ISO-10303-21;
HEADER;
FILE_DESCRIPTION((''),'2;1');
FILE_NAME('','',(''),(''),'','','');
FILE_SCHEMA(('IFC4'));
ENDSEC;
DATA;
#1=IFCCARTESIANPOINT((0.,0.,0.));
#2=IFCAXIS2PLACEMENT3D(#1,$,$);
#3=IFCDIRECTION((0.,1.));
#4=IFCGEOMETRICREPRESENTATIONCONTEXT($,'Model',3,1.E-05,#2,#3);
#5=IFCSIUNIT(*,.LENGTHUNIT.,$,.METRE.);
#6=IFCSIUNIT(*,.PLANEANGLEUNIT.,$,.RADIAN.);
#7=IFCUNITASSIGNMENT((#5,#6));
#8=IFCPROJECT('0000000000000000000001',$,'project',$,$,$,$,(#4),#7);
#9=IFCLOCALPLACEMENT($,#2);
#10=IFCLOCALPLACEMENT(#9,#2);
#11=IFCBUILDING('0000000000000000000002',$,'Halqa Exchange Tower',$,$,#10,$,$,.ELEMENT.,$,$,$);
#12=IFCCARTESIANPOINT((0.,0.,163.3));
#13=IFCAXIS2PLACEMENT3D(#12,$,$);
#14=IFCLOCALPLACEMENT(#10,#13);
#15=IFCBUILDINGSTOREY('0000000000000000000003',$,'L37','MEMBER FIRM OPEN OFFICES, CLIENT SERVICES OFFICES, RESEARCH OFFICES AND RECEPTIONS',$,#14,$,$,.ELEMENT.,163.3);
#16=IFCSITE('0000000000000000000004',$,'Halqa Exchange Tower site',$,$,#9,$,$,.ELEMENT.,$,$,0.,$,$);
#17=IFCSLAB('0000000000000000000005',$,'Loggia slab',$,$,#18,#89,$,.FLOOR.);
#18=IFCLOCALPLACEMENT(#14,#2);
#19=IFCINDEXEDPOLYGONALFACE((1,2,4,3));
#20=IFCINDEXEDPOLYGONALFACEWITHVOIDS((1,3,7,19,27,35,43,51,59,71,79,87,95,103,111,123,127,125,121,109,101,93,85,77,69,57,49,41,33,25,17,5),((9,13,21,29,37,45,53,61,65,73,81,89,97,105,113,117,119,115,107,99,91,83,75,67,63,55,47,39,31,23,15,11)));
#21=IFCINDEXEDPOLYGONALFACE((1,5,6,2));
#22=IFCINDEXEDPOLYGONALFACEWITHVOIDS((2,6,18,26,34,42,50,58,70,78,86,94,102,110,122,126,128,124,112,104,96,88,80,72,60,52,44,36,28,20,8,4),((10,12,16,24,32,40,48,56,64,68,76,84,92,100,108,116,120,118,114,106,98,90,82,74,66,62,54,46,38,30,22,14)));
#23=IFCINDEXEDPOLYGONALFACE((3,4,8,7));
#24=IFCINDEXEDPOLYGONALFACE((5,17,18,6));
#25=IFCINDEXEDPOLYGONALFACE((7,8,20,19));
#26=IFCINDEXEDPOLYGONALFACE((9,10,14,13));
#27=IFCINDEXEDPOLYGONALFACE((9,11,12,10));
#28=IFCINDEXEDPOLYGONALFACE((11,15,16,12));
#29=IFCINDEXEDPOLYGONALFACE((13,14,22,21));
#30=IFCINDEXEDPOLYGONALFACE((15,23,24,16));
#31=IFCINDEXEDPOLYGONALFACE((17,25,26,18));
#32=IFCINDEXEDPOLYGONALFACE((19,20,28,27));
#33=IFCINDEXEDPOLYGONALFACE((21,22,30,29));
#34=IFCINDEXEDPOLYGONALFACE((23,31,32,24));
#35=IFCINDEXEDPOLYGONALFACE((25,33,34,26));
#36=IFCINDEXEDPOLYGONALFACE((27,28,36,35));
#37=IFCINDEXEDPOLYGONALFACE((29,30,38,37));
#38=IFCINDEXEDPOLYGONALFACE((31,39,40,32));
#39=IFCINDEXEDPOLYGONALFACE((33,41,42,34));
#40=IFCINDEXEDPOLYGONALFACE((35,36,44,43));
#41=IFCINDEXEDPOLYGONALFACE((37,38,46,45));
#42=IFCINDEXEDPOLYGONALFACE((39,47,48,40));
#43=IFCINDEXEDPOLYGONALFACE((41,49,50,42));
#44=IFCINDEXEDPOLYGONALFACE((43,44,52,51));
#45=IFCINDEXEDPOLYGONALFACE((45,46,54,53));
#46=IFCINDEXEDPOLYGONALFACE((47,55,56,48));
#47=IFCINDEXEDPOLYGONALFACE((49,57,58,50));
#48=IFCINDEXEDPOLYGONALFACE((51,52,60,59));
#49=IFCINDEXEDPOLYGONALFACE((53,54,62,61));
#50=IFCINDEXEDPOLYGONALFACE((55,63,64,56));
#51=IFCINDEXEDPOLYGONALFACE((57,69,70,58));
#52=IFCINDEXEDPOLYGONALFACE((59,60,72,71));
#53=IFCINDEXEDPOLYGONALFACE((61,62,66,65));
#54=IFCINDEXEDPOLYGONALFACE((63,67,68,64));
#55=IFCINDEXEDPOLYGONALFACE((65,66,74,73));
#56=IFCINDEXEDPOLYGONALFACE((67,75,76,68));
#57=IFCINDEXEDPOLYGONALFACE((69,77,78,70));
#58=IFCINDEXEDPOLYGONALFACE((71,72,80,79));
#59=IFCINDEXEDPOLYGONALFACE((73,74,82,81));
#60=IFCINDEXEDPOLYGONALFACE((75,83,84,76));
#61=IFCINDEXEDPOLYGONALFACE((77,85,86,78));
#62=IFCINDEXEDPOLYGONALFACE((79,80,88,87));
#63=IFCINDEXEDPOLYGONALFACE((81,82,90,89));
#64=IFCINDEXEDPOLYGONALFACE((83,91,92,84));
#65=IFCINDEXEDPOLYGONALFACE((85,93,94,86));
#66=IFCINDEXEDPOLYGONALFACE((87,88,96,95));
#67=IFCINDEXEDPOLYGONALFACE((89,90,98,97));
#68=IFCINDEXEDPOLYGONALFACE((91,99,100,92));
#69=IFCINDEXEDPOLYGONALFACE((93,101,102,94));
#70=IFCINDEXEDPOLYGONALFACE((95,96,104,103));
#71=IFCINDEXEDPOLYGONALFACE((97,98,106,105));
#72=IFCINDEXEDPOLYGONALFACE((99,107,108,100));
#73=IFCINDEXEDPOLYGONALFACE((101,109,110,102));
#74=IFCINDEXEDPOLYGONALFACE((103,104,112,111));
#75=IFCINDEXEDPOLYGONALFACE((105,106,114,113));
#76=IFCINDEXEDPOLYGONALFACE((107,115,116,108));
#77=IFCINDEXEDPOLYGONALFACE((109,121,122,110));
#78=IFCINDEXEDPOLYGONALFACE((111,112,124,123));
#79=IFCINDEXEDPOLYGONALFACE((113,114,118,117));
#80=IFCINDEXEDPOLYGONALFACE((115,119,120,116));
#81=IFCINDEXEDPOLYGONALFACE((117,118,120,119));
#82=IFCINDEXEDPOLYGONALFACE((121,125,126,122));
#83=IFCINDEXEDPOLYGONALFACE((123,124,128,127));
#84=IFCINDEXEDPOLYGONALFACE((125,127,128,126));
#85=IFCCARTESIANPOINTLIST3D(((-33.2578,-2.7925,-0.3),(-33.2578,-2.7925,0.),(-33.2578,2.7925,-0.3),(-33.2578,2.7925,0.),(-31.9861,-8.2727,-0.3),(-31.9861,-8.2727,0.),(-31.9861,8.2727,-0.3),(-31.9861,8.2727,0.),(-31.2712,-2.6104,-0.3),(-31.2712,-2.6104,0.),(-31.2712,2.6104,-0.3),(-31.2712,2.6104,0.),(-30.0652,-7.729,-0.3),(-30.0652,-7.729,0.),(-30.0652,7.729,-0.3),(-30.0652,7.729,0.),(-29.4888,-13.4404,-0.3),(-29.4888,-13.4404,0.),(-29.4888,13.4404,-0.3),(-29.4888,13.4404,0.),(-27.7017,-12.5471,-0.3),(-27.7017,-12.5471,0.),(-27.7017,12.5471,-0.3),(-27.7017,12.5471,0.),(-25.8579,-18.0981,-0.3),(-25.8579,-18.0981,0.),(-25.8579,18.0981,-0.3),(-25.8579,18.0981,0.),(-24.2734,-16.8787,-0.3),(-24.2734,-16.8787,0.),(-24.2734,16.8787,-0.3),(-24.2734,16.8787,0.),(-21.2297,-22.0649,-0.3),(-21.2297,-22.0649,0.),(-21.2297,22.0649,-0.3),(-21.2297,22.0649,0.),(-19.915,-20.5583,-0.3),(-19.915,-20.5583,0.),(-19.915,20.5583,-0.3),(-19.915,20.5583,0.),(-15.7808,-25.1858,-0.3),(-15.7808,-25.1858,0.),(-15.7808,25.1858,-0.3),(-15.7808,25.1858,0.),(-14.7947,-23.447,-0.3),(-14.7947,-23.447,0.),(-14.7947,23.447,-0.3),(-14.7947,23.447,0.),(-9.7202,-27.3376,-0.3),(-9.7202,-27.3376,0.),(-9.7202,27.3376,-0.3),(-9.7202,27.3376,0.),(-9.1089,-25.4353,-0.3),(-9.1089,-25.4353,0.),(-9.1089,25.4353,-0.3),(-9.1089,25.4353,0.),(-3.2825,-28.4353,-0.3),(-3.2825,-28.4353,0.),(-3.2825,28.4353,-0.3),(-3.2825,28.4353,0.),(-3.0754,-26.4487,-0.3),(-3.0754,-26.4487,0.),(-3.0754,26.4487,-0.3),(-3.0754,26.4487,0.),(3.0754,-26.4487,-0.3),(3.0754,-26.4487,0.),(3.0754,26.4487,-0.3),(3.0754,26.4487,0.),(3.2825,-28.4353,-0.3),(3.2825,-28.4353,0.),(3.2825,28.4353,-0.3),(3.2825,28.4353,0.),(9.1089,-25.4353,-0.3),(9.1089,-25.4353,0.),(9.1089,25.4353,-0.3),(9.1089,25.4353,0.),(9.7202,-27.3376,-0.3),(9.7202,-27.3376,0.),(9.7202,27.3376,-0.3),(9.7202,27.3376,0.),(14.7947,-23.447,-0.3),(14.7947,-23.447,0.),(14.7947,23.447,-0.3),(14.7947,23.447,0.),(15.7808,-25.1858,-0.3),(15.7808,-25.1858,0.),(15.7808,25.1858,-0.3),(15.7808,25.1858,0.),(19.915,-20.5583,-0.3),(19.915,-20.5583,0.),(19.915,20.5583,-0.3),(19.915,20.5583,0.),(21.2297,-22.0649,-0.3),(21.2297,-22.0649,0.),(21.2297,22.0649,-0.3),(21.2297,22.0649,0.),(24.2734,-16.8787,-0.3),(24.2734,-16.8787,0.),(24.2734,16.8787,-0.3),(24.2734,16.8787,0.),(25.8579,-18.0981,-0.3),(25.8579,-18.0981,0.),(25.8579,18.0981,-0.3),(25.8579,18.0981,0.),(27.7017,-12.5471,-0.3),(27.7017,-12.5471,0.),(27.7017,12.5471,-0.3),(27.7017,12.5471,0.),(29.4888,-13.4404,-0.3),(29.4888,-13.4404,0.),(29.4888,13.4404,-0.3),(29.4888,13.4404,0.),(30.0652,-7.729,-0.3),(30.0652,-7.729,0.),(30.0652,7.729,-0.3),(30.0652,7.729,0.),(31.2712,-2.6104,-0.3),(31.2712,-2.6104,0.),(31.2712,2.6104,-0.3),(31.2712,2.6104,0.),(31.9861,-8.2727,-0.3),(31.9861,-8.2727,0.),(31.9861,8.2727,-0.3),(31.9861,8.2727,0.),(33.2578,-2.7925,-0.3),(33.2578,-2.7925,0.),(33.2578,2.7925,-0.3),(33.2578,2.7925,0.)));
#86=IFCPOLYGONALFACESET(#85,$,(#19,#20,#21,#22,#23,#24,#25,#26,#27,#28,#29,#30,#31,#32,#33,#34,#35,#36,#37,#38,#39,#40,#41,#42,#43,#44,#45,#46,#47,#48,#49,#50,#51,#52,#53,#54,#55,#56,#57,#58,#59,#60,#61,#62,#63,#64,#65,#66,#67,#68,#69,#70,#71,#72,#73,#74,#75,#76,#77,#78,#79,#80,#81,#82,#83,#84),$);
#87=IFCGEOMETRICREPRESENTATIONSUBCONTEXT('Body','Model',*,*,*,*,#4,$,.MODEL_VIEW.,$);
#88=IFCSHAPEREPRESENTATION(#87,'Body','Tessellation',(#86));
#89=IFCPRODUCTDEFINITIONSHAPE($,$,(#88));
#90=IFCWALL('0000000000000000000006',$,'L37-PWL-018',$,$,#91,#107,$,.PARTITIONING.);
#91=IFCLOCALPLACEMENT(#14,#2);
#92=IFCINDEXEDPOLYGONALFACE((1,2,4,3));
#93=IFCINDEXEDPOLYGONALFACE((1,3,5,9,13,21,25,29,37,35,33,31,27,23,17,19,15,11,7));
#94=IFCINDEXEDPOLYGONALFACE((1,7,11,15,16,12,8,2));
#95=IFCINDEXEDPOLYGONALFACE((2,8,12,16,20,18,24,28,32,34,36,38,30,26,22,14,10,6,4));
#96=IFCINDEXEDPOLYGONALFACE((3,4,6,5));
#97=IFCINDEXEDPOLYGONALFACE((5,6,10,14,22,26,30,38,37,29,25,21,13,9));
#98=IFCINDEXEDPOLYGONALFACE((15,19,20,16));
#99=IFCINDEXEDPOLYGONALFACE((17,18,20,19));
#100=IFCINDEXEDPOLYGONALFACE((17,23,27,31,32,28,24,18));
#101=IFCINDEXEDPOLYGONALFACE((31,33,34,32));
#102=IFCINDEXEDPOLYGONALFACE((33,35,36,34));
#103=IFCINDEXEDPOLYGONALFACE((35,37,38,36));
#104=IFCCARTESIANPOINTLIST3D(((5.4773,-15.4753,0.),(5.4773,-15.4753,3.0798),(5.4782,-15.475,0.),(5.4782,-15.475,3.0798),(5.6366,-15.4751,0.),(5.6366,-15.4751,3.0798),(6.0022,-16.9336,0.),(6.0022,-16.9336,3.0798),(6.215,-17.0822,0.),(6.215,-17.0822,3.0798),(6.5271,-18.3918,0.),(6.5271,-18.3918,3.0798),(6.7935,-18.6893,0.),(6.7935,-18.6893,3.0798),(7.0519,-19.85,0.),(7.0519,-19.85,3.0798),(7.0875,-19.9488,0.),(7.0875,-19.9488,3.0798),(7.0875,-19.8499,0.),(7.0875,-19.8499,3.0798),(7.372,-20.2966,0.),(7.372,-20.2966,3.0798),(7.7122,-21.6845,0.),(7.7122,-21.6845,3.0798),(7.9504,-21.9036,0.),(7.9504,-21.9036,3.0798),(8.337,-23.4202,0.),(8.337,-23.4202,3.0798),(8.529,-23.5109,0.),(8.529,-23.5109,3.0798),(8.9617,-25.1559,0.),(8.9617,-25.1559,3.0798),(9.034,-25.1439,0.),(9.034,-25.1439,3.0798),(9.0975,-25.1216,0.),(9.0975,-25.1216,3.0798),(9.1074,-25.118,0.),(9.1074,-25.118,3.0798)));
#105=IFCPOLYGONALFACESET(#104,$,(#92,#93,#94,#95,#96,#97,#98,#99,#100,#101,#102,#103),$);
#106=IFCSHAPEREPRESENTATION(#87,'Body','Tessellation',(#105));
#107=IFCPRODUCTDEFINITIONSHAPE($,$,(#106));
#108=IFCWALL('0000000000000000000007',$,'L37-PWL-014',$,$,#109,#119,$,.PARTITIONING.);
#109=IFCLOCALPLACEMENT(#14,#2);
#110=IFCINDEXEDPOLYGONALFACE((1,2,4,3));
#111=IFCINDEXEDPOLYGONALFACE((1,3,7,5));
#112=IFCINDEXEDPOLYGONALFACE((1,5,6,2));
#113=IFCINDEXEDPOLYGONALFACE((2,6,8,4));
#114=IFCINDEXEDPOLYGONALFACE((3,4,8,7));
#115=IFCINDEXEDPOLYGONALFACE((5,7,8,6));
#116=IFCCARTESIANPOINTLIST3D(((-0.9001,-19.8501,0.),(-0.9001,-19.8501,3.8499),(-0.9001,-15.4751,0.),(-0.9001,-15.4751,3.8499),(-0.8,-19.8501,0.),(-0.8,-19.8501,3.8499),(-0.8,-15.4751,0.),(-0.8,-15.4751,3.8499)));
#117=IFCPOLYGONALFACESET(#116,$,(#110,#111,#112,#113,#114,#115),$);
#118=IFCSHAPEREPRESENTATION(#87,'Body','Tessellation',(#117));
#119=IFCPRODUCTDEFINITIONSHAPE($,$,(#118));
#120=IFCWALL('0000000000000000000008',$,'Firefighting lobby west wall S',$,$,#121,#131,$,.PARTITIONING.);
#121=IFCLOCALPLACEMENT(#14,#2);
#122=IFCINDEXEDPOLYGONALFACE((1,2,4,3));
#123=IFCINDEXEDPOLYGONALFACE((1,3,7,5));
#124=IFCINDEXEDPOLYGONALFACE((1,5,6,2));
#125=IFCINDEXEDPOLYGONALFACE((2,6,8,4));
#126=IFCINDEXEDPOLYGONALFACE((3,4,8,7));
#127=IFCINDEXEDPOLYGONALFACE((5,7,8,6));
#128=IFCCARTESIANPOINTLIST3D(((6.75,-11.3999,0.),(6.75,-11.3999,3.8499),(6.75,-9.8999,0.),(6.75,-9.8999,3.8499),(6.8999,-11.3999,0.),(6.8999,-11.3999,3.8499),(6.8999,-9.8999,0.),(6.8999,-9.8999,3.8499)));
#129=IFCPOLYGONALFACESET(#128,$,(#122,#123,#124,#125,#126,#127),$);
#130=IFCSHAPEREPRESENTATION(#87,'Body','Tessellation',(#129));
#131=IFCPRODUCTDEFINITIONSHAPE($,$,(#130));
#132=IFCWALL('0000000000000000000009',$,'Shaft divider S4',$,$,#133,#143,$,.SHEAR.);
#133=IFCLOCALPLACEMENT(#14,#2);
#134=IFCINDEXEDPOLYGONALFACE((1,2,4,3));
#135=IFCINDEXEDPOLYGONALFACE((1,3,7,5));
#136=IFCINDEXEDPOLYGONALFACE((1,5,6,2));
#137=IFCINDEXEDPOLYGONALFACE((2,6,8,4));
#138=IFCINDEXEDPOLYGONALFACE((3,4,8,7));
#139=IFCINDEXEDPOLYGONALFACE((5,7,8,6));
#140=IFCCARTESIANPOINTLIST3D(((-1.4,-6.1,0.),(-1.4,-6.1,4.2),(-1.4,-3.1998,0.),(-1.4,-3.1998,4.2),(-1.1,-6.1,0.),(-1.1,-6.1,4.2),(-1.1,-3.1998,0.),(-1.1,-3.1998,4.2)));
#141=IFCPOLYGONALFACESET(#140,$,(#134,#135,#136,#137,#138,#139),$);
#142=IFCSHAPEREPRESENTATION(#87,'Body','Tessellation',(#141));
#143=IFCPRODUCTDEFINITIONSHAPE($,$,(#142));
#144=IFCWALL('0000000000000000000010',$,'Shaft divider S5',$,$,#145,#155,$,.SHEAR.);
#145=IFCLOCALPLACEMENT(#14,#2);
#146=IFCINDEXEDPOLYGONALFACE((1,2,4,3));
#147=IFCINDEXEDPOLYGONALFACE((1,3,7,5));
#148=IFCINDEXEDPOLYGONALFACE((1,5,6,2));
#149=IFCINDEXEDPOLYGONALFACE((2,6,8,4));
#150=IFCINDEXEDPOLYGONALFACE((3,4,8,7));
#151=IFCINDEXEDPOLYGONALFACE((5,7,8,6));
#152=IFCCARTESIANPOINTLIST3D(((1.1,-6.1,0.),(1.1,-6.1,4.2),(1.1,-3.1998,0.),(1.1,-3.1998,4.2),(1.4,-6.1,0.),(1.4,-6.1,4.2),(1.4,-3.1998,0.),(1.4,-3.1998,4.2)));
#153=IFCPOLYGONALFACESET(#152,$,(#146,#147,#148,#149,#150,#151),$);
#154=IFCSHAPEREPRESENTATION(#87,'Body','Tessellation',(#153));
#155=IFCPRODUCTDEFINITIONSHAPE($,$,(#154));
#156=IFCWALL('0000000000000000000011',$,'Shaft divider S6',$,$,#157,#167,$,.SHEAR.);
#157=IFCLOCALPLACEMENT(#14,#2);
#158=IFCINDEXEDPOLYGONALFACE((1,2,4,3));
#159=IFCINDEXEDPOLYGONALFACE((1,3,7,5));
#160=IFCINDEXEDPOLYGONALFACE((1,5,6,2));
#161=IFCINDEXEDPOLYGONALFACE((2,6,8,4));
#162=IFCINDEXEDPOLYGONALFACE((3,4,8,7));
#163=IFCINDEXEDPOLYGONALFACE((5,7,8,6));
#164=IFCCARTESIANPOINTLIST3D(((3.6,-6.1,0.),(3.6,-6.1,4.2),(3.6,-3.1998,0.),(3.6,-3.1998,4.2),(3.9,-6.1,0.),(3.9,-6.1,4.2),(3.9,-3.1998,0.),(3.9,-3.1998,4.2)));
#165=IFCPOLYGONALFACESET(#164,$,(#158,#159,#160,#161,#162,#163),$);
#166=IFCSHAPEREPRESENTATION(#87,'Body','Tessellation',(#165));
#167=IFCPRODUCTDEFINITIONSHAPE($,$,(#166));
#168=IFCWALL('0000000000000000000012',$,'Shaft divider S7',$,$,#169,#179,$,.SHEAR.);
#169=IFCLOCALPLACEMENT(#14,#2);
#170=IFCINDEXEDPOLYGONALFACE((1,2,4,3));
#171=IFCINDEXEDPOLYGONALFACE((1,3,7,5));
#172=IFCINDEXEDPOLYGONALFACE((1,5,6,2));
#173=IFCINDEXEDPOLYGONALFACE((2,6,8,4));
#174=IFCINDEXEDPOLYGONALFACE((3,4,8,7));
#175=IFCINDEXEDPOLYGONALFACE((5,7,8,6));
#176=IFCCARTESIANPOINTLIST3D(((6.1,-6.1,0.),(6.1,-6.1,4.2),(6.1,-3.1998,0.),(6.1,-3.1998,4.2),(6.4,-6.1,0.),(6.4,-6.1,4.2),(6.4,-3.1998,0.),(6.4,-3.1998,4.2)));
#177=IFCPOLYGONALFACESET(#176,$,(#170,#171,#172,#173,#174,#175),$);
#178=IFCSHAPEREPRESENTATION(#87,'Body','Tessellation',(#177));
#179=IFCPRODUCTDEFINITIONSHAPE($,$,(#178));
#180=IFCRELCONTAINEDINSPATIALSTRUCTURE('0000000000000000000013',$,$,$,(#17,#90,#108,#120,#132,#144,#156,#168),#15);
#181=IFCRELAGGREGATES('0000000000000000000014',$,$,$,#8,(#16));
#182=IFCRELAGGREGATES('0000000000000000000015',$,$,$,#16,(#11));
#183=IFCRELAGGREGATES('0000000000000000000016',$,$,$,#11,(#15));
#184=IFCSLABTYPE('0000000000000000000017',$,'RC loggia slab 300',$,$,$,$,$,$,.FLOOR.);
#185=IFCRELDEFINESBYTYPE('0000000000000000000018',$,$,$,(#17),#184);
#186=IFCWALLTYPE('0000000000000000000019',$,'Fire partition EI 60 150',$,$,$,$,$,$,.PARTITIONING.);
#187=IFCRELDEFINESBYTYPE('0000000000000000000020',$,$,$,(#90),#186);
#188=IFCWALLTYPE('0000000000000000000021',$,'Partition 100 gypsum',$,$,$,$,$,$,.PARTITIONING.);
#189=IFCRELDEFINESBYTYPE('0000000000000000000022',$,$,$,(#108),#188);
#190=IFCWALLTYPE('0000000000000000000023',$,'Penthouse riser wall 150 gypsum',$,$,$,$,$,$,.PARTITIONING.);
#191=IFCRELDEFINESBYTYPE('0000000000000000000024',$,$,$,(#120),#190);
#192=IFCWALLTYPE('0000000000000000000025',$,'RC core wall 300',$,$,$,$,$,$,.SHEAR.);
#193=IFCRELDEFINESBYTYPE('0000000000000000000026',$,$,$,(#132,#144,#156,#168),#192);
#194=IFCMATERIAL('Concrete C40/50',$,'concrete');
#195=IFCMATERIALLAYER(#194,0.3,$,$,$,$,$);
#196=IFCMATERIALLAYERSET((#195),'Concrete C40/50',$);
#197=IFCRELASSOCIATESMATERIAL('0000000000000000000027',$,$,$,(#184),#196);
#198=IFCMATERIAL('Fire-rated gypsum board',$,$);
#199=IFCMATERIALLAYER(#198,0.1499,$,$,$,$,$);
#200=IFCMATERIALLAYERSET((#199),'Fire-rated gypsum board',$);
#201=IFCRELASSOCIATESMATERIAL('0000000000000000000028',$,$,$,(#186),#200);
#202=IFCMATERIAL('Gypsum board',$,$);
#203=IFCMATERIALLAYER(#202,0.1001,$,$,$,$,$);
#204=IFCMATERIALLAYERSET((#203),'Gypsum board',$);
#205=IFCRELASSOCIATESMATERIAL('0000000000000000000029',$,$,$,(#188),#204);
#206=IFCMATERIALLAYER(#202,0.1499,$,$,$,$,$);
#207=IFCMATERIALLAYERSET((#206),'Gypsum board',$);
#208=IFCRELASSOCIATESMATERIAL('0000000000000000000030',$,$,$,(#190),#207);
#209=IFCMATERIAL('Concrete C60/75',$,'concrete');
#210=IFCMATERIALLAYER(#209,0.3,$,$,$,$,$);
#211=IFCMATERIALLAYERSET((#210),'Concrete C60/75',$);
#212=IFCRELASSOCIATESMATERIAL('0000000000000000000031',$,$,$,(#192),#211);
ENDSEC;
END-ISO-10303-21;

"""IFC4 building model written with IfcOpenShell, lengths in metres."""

from ifc_helpers import new_model, si_unit, direction, frame, frame_2d, origin, place, context, subcontext, project, spatial, polyline, rectangle, outline, extrude, material, layer, layer_set, type_object, element, save


model = new_model("IFC4")

# Units and contexts
model_context = context("Model", 3, precision=1e-05, world=origin(), true_north=direction((0.0, 1.0)))
body_context = subcontext(model_context, "Body", "Model", "MODEL_VIEW")
ifc_project = project(units=[si_unit("LENGTHUNIT", "METRE"), si_unit("PLANEANGLEUNIT", "RADIAN")], contexts=[model_context])

# Site, building, storey
site_placement = place(None, origin())
site = spatial("IfcSite", under=ifc_project, at=site_placement, Name="Halqa Exchange Tower site", CompositionType="ELEMENT", RefElevation=0.0)
building_placement = place(site_placement, origin())
building = spatial("IfcBuilding", under=site, at=building_placement, Name="Halqa Exchange Tower", CompositionType="ELEMENT")
storey_placement = place(building_placement, frame((0.0, 0.0, 163.3)))
storey = spatial("IfcBuildingStorey", under=building, at=storey_placement, Name="L37", Description="MEMBER FIRM OPEN OFFICES, CLIENT SERVICES OFFICES, RESEARCH OFFICES AND RECEPTIONS", CompositionType="ELEMENT", Elevation=163.3)

# Shared definitions
ifc_material_1 = material(Name="Concrete C60/75", Category="concrete")

# Slab
ifc_material_2 = material(Name="Concrete C40/50", Category="concrete")
ifc_layer_1 = layer(ifc_material_2, 0.3)
ifc_layer_set_1 = layer_set([ifc_layer_1], Name="Concrete C40/50")
slab_type_1 = type_object("IfcSlabType", Name="RC loggia slab 300", PredefinedType="FLOOR", material=ifc_layer_set_1)
slab_1_placement = place(storey_placement, frame((0.0, 0.0, -0.3)))
element("IfcSlab", 1, at=slab_1_placement, inside=storey, type_object=slab_type_1, Name="Loggia slab", PredefinedType="FLOOR", context=body_context, shape_type="SweptSolid", body=[
    extrude(outline(polyline([(33.2578, 2.7925), (33.2578, -2.7925), (31.9861, -8.2727), (29.4888, -13.4404), (25.8579, -18.0981), (21.2297, -22.0649), (15.7808, -25.1858), (9.7202, -27.3376), (3.2825, -28.4353), (-3.2825, -28.4353), (-9.7202, -27.3376), (-15.7808, -25.1858), (-21.2297, -22.0649), (-25.8579, -18.0981), (-29.4888, -13.4404), (-31.9861, -8.2727), (-33.2578, -2.7925), (-33.2578, 2.7925), (-31.9861, 8.2727), (-29.4888, 13.4404), (-25.8579, 18.0981), (-21.2297, 22.0649), (-15.7808, 25.1858), (-9.7202, 27.3376), (-3.2825, 28.4353), (3.2825, 28.4353), (9.7202, 27.3376), (15.7808, 25.1858), (21.2297, 22.0649), (25.8579, 18.0981), (29.4888, 13.4404), (31.9861, 8.2727), (33.2578, 2.7925)]), holes=[polyline([(31.2712, 2.6104), (30.0652, 7.729), (27.7017, 12.5471), (24.2734, 16.8787), (19.915, 20.5583), (14.7947, 23.447), (9.1089, 25.4353), (3.0754, 26.4487), (-3.0754, 26.4487), (-9.1089, 25.4353), (-14.7947, 23.447), (-19.915, 20.5583), (-24.2734, 16.8787), (-27.7017, 12.5471), (-30.0652, 7.729), (-31.2712, 2.6104), (-31.2712, -2.6104), (-30.0652, -7.729), (-27.7017, -12.5471), (-24.2734, -16.8787), (-19.915, -20.5583), (-14.7947, -23.447), (-9.1089, -25.4353), (-3.0754, -26.4487), (3.0754, -26.4487), (9.1089, -25.4353), (14.7947, -23.447), (19.915, -20.5583), (24.2734, -16.8787), (27.7017, -12.5471), (30.0652, -7.729), (31.2712, -2.6104), (31.2712, 2.6104)])]), origin(), (0.0, 0.0, 1.0), 0.3),
])

# Walls
ifc_material_3 = material(Name="Fire-rated gypsum board")
ifc_layer_2 = layer(ifc_material_3, 0.1499)
ifc_layer_set_2 = layer_set([ifc_layer_2], Name="Fire-rated gypsum board")
wall_type_1 = type_object("IfcWallType", Name="Fire partition EI 60 150", PredefinedType="PARTITIONING", material=ifc_layer_set_2)
wall_1_placement = place(storey_placement, frame((5.5479, -15.45, 0.0), z_axis=(0.0, 0.0, 1.0), x_axis=(0.338668, -0.940906, 0.0)))
element("IfcWall", 2, at=wall_1_placement, inside=storey, type_object=wall_type_1, Name="L37-PWL-018", PredefinedType="PARTITIONING", context=body_context, shape_type="SweptSolid", body=[
    extrude(outline(polyline([(0.0, -0.075), (1.5498, -0.075), (3.0996, -0.075), (4.6494, -0.075), (4.6614, -0.0415), (4.7544, -0.075), (6.5991, -0.075), (8.4438, -0.075), (10.2886, -0.075), (10.3018, -0.0029), (10.3022, 0.0645), (10.3022, 0.075), (8.5942, 0.075), (6.886, 0.075), (5.178, 0.075), (3.4697, 0.075), (1.7617, 0.075), (0.0537, 0.075), (0.0, -0.074), (0.0, -0.075)])), origin(), (0.0, 0.0, 1.0), 3.0798),
])
ifc_material_4 = material(Name="Gypsum board")
ifc_layer_3 = layer(ifc_material_4, 0.1001)
ifc_layer_set_3 = layer_set([ifc_layer_3], Name="Gypsum board")
wall_type_2 = type_object("IfcWallType", Name="Partition 100 gypsum", PredefinedType="PARTITIONING", material=ifc_layer_set_3)
wall_2_placement = place(storey_placement, frame((-0.8501, -15.4751, 0.0), z_axis=(0.0, 0.0, 1.0), x_axis=(0.0, -1.0, 0.0)))
element("IfcWall", 3, at=wall_2_placement, inside=storey, type_object=wall_type_2, Name="L37-PWL-014", PredefinedType="PARTITIONING", context=body_context, shape_type="SweptSolid", body=[
    extrude(rectangle(XDim=4.375, YDim=0.1001, at=frame_2d((2.1875, 0.0))), origin(), (0.0, 0.0, 1.0), 3.8499),
])
ifc_layer_4 = layer(ifc_material_4, 0.1499)
ifc_layer_set_4 = layer_set([ifc_layer_4], Name="Gypsum board")
wall_type_3 = type_object("IfcWallType", Name="Penthouse riser wall 150 gypsum", PredefinedType="PARTITIONING", material=ifc_layer_set_4)
wall_3_placement = place(storey_placement, frame((6.825, -11.3999, 0.0), z_axis=(0.0, 0.0, 1.0), x_axis=(0.0, 1.0, 0.0)))
element("IfcWall", 4, at=wall_3_placement, inside=storey, type_object=wall_type_3, Name="Firefighting lobby west wall S", PredefinedType="PARTITIONING", context=body_context, shape_type="SweptSolid", body=[
    extrude(rectangle(XDim=1.5, YDim=0.1499, at=frame_2d((0.75, 0.0))), origin(), (0.0, 0.0, 1.0), 3.8499),
])
ifc_layer_5 = layer(ifc_material_1, 0.3)
ifc_layer_set_5 = layer_set([ifc_layer_5], Name="Concrete C60/75")
wall_type_4 = type_object("IfcWallType", Name="RC core wall 300", PredefinedType="SHEAR", material=ifc_layer_set_5)
for number, where, z_axis, x_axis, name in (
    (5, (-1.25, -6.1001, 0.0), (0.0, 0.0, 1.0), (0.0, 1.0, 0.0), "Shaft divider S4"),
    (6, (1.25, -6.1001, 0.0), (0.0, 0.0, 1.0), (0.0, 1.0, 0.0), "Shaft divider S5"),
    (7, (3.75, -6.1001, 0.0), (0.0, 0.0, 1.0), (0.0, 1.0, 0.0), "Shaft divider S6"),
    (8, (6.25, -6.1001, 0.0), (0.0, 0.0, 1.0), (0.0, 1.0, 0.0), "Shaft divider S7"),
):
    element("IfcWall", number, at=place(storey_placement, frame(where, z_axis=z_axis, x_axis=x_axis)), inside=storey, type_object=wall_type_4, Name=name, PredefinedType="SHEAR", context=body_context, shape_type="SweptSolid", body=[
        extrude(rectangle(XDim=2.9001, YDim=0.3, at=frame_2d((1.4502, 0.0))), origin(), (0.0, 0.0, 1.0), 4.2),
    ])

save(model, "model.ifc")
